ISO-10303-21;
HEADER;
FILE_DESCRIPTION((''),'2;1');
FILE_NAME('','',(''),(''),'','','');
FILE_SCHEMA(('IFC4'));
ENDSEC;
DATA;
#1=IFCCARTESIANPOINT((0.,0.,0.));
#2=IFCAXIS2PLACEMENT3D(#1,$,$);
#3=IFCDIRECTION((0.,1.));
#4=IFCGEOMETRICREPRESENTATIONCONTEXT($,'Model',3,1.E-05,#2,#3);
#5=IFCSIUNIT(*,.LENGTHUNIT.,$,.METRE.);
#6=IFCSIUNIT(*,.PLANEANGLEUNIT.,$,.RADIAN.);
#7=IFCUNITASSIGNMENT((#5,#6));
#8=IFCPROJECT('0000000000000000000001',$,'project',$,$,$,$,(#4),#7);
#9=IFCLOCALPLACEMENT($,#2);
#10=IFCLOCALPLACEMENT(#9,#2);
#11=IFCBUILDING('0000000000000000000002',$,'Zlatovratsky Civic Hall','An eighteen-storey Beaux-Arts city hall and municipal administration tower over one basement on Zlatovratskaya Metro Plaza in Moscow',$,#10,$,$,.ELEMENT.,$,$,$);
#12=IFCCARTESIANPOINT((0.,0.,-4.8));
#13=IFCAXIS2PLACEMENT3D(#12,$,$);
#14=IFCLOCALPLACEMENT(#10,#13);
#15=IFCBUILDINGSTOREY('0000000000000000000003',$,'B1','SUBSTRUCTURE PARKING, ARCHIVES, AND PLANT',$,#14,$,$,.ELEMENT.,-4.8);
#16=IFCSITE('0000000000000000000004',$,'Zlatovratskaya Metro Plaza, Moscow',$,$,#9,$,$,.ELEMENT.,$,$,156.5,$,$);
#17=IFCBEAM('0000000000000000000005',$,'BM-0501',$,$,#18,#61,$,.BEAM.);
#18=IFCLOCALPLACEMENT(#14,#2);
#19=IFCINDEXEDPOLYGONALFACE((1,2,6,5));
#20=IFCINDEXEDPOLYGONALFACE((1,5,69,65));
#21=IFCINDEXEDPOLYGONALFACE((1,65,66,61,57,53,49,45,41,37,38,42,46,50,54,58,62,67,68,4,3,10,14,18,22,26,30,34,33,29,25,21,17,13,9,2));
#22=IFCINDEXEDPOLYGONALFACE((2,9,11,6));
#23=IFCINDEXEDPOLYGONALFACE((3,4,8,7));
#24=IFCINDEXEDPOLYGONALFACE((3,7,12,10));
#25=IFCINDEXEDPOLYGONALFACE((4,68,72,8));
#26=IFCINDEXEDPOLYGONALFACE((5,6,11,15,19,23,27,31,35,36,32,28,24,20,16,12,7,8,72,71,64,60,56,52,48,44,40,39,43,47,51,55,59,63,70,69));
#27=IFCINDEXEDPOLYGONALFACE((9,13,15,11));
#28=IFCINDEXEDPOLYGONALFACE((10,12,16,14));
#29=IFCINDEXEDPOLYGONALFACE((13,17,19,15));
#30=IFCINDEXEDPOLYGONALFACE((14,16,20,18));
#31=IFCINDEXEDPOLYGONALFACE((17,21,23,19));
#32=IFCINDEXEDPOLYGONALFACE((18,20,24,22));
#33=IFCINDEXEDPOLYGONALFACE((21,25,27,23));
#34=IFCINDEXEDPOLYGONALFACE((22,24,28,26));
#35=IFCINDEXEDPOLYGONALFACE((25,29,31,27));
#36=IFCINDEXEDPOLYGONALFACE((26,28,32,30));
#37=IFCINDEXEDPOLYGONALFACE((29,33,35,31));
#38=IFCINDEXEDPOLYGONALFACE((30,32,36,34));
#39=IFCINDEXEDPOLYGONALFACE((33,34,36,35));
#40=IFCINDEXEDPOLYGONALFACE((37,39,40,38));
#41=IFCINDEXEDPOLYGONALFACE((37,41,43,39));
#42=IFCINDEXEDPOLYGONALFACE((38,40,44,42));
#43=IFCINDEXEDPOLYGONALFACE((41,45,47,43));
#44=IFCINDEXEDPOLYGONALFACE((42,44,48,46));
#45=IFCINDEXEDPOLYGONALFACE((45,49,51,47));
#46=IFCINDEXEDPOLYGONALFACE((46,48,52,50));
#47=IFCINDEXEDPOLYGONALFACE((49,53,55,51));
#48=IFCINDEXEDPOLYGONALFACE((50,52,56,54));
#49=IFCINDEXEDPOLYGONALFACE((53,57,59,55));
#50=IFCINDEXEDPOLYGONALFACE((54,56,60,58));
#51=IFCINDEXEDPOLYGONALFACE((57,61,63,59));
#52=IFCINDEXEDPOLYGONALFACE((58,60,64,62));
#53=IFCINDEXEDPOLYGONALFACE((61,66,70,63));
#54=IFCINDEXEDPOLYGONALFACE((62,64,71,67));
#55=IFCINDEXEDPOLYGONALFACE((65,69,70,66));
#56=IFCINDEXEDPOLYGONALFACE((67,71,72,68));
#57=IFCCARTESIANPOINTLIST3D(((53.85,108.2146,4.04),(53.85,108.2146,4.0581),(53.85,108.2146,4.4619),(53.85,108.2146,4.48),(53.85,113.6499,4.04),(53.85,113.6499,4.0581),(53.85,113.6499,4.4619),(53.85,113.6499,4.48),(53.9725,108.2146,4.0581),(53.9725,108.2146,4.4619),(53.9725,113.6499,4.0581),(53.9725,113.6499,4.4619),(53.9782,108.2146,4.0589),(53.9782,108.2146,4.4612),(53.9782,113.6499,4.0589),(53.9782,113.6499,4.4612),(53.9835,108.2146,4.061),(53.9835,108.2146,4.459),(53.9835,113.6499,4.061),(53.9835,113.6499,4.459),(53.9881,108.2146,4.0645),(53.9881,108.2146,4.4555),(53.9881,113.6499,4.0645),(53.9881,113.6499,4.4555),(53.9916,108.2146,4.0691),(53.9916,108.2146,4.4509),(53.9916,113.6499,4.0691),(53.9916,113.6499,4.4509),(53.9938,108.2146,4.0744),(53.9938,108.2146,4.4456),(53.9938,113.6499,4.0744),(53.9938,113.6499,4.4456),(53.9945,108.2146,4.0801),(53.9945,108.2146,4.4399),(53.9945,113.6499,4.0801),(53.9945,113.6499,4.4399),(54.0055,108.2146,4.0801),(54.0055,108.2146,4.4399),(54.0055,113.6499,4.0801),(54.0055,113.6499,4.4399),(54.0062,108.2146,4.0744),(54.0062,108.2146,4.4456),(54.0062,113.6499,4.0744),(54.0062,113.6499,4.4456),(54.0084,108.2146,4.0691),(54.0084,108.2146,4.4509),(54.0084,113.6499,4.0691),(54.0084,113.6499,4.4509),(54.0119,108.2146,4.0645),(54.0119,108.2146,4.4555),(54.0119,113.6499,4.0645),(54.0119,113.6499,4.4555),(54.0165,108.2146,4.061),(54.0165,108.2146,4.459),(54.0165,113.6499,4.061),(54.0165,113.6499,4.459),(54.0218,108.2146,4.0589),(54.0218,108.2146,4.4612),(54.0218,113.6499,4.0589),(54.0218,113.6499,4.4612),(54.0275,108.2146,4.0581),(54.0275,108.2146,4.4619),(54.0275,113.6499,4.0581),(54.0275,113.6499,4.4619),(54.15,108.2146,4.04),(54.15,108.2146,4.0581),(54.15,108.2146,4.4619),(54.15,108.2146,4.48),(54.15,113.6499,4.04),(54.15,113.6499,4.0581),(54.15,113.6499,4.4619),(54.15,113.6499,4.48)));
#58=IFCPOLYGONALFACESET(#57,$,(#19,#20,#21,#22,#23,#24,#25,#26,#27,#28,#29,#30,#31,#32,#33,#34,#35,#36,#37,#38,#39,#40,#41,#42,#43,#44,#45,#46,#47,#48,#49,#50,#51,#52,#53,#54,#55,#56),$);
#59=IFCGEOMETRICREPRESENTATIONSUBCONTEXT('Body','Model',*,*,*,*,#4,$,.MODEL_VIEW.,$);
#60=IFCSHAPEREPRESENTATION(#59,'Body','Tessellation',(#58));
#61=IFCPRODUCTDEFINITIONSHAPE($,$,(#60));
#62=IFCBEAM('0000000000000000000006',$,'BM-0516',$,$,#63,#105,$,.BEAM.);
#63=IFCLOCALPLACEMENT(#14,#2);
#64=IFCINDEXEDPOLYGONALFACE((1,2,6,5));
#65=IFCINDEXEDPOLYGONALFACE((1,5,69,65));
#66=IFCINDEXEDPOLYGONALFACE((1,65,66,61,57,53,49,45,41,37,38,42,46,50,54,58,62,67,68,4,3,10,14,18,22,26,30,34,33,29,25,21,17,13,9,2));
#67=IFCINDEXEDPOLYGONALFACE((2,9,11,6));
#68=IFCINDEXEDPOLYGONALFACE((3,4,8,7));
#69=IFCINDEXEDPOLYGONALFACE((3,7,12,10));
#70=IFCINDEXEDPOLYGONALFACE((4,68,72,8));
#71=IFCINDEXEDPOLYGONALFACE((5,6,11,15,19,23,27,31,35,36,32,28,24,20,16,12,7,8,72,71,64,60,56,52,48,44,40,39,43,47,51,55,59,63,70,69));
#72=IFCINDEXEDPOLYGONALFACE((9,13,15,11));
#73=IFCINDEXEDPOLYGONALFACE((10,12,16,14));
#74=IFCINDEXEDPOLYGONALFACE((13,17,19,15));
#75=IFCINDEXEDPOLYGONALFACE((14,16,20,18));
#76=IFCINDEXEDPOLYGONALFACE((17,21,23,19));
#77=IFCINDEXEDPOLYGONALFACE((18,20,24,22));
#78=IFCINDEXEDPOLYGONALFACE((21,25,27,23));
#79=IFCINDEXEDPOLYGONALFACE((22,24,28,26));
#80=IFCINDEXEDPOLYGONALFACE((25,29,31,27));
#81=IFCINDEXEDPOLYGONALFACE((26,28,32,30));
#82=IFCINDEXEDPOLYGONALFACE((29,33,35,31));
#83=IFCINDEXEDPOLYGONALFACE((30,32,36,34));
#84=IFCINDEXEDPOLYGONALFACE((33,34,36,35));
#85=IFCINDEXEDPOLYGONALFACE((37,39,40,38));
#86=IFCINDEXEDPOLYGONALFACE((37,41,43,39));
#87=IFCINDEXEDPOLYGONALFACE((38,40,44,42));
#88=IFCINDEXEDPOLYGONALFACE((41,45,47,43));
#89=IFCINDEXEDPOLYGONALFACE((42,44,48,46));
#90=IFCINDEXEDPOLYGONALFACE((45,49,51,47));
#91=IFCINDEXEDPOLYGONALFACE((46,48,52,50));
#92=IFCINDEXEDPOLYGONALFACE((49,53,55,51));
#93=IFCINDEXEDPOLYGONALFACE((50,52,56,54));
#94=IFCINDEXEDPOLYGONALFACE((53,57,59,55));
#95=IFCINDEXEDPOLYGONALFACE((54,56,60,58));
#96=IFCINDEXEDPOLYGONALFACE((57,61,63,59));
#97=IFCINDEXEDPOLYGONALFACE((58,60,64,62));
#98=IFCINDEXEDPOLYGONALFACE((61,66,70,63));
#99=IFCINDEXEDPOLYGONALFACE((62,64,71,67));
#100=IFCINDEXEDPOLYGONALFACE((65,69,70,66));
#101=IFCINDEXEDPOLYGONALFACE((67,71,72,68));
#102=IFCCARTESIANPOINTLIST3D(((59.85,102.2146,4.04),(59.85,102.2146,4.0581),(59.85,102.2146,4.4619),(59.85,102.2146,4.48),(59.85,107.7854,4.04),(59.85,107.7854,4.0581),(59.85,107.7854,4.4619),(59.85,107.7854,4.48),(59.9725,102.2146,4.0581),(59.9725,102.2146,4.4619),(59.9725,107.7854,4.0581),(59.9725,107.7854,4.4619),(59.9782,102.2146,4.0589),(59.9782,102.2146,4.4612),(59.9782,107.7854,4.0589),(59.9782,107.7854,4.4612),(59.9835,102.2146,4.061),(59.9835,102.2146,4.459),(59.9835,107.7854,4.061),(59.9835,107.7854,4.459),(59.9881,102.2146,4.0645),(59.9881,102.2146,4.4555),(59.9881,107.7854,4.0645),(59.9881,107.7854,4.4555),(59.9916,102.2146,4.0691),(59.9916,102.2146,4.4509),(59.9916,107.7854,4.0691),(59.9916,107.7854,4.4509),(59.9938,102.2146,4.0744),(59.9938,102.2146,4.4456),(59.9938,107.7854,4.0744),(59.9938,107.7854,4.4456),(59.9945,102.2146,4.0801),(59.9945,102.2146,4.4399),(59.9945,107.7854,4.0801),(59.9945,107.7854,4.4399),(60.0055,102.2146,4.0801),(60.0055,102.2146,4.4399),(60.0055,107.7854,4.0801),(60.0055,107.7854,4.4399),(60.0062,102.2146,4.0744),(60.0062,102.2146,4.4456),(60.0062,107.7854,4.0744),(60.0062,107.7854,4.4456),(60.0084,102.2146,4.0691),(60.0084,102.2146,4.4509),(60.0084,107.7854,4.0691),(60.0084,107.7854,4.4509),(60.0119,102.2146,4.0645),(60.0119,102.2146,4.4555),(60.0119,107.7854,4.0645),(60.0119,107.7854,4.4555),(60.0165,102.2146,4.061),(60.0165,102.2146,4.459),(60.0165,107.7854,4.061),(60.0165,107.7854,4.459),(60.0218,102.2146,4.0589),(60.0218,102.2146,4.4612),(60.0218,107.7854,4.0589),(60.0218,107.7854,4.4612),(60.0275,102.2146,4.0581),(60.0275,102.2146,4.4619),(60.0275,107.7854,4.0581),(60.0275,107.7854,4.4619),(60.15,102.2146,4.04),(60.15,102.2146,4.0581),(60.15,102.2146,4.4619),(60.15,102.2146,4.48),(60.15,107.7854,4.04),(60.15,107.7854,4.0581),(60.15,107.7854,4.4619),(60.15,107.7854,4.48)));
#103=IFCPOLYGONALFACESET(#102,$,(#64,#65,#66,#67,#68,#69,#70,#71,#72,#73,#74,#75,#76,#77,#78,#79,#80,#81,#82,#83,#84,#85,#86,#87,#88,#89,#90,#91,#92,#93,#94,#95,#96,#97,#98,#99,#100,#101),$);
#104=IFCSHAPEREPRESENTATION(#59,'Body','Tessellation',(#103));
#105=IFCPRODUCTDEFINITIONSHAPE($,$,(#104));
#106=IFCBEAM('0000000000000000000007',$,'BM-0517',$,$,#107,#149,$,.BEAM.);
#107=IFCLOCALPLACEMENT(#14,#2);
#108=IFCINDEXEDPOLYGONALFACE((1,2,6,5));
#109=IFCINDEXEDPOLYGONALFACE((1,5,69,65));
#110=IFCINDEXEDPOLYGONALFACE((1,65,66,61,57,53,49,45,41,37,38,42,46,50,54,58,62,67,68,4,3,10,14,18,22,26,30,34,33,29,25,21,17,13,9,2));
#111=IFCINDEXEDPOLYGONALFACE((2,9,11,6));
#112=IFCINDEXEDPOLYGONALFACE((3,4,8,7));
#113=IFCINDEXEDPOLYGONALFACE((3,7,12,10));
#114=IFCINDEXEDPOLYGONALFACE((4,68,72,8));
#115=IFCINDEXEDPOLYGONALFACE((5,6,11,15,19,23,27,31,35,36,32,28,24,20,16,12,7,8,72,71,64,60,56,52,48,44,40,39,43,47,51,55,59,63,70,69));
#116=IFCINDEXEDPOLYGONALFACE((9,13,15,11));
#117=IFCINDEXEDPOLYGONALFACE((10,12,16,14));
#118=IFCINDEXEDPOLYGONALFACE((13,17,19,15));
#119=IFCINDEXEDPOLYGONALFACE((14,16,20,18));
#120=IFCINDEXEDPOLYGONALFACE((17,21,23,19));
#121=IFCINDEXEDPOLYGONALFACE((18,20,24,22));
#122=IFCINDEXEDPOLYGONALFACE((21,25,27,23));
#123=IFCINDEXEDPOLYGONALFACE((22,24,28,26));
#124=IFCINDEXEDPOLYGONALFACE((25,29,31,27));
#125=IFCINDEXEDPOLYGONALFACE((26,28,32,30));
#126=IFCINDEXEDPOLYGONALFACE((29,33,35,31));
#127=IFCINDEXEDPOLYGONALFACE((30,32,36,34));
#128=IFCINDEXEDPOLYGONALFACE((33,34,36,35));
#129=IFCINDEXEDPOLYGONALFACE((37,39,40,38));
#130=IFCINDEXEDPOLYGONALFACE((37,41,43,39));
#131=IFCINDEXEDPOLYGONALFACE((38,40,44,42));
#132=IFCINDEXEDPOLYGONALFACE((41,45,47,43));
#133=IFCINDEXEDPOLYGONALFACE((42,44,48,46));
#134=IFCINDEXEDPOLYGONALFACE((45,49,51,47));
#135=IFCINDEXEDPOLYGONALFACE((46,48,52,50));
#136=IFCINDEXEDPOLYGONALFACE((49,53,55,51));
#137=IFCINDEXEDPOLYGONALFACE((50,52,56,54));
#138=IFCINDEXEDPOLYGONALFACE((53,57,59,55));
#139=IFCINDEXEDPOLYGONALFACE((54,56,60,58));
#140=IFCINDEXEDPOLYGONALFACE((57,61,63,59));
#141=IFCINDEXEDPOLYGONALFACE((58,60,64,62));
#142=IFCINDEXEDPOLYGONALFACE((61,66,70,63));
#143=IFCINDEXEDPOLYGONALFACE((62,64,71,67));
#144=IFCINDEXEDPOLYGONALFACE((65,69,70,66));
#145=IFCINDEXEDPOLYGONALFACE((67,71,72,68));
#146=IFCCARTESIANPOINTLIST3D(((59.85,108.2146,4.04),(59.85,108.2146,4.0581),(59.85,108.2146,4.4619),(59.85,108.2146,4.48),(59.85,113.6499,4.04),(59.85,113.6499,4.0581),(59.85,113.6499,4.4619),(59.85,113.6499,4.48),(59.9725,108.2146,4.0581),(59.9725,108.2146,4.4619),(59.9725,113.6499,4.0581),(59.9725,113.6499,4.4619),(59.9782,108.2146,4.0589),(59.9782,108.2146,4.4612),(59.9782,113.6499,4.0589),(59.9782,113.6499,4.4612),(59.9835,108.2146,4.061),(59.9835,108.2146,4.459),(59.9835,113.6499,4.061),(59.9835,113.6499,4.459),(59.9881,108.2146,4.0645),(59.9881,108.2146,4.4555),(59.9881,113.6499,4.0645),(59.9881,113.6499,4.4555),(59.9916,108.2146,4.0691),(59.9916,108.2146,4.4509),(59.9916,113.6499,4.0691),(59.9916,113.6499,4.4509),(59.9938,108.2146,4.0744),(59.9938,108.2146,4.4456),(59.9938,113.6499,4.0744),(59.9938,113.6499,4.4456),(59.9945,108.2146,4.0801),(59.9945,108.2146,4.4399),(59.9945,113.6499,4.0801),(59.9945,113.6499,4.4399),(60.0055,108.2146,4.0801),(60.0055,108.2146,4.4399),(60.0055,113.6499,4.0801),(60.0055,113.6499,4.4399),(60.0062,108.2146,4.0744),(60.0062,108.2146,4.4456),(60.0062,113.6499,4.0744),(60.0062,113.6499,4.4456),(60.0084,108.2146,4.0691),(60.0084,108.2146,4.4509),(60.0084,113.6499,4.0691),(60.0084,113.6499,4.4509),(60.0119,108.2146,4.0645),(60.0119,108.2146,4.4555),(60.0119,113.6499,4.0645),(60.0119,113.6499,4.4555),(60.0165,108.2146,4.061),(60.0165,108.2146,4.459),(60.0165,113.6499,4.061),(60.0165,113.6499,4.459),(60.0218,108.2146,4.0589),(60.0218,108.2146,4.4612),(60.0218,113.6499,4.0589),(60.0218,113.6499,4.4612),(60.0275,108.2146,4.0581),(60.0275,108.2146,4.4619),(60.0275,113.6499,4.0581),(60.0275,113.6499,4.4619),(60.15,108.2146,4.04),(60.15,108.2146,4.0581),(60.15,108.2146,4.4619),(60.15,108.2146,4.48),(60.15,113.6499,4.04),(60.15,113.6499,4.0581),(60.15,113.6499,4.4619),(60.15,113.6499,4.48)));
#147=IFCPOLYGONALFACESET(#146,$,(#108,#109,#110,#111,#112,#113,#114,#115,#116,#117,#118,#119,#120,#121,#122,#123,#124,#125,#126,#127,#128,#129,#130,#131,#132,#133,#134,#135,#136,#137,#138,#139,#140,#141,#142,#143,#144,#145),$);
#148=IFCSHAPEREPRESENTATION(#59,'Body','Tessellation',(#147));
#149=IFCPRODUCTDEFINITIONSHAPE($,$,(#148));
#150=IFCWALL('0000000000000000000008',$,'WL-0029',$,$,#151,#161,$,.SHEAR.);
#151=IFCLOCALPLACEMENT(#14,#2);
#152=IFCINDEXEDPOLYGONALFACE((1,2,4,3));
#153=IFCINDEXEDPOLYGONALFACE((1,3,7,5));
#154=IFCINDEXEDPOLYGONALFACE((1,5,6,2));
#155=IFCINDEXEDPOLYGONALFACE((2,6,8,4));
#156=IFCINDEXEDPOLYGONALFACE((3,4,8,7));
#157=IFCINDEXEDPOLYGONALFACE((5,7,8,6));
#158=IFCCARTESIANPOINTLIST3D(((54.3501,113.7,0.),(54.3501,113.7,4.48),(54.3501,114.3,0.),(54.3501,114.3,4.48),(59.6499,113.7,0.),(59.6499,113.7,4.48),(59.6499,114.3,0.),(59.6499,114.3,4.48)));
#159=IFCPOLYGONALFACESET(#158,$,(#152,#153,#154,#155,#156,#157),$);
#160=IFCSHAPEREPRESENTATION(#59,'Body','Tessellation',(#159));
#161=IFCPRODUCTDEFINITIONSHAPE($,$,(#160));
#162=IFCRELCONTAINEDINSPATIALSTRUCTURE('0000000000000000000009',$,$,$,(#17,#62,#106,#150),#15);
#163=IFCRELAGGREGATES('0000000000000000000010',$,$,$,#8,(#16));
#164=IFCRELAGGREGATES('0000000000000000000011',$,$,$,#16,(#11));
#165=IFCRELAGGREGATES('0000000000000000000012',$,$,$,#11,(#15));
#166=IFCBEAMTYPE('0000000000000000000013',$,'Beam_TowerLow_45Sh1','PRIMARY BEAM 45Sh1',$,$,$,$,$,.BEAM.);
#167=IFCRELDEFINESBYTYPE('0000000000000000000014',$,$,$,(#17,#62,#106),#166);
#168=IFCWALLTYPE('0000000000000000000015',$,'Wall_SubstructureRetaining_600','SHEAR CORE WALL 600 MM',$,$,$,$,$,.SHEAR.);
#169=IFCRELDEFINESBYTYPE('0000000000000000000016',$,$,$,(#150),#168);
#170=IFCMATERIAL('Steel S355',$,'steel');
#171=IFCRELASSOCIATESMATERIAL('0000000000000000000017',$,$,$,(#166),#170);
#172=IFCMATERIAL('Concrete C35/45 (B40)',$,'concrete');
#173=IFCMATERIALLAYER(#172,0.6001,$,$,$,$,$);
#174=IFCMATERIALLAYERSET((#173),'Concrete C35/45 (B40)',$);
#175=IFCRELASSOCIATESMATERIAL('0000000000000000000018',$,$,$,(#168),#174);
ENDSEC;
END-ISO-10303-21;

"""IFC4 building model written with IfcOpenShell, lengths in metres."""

from ifc_helpers import new_model, si_unit, direction, frame, frame_2d, origin, origin_2d, place, context, subcontext, project, spatial, rectangle, i_section, extrude, material, layer, layer_set, material_profile, profile_set, type_object, element, save


model = new_model("IFC4")

# Units and contexts
model_context = context("Model", 3, precision=1e-05, world=origin(), true_north=direction((0.0, 1.0)))
body_context = subcontext(model_context, "Body", "Model", "MODEL_VIEW")
ifc_project = project(units=[si_unit("LENGTHUNIT", "METRE"), si_unit("PLANEANGLEUNIT", "RADIAN")], contexts=[model_context])

# Site, building, storey
site_placement = place(None, origin())
site = spatial("IfcSite", under=ifc_project, at=site_placement, Name="Zlatovratskaya Metro Plaza, Moscow", CompositionType="ELEMENT", RefElevation=156.5)
building_placement = place(site_placement, origin())
building = spatial("IfcBuilding", under=site, at=building_placement, Name="Zlatovratsky Civic Hall", Description="An eighteen-storey Beaux-Arts city hall and municipal administration tower over one basement on Zlatovratskaya Metro Plaza in Moscow", CompositionType="ELEMENT")
storey_placement = place(building_placement, frame((0.0, 0.0, -4.8)))
storey = spatial("IfcBuildingStorey", under=building, at=storey_placement, Name="B1", Description="SUBSTRUCTURE PARKING, ARCHIVES, AND PLANT", CompositionType="ELEMENT", Elevation=-4.8)

# Shared definitions
ifc_material_1 = material(Name="Concrete C35/45 (B40)", Category="concrete")
ifc_material_2 = material(Name="Steel S355", Category="steel")

# Beams
ifc_material_profile_1 = material_profile(ifc_material_2, i_section(OverallWidth=0.3, OverallDepth=0.4399, WebThickness=0.011, FlangeThickness=0.0181, FilletRadius=0.022, at=origin_2d()), Name="45Sh1")
ifc_profile_set_1 = profile_set([ifc_material_profile_1], Name="Steel S355")
beam_type_1 = type_object("IfcBeamType", Name="Beam_TowerLow_45Sh1", Description="PRIMARY BEAM 45Sh1", PredefinedType="BEAM", material=ifc_profile_set_1)
beam_1_placement = place(storey_placement, frame((54.0, 108.2146, 4.26), z_axis=(0.0, 1.0, 0.0), x_axis=(-1.0, 0.0, 0.0)))
element("IfcBeam", 1, at=beam_1_placement, inside=storey, type_object=beam_type_1, Name="BM-0501", PredefinedType="BEAM", context=body_context, shape_type="SweptSolid", body=[
    extrude(i_section(OverallWidth=0.3, OverallDepth=0.4399, WebThickness=0.011, FlangeThickness=0.0181, FilletRadius=0.022, at=origin_2d()), origin(), (0.0, 0.0, 1.0), 5.4353),
])
beam_2_placement = place(storey_placement, frame((60.0, 102.2146, 4.26), z_axis=(0.0, 1.0, 0.0), x_axis=(-1.0, 0.0, 0.0)))
element("IfcBeam", 2, at=beam_2_placement, inside=storey, type_object=beam_type_1, Name="BM-0516", PredefinedType="BEAM", context=body_context, shape_type="SweptSolid", body=[
    extrude(i_section(OverallWidth=0.3, OverallDepth=0.4399, WebThickness=0.011, FlangeThickness=0.0181, FilletRadius=0.022, at=origin_2d()), origin(), (0.0, 0.0, 1.0), 5.5708),
])
beam_3_placement = place(storey_placement, frame((60.0, 108.2146, 4.26), z_axis=(0.0, 1.0, 0.0), x_axis=(-1.0, 0.0, 0.0)))
element("IfcBeam", 3, at=beam_3_placement, inside=storey, type_object=beam_type_1, Name="BM-0517", PredefinedType="BEAM", context=body_context, shape_type="SweptSolid", body=[
    extrude(i_section(OverallWidth=0.3, OverallDepth=0.4399, WebThickness=0.011, FlangeThickness=0.0181, FilletRadius=0.022, at=origin_2d()), origin(), (0.0, 0.0, 1.0), 5.4353),
])

# Wall
ifc_layer = layer(ifc_material_1, 0.6001)
ifc_layer_set = layer_set([ifc_layer], Name="Concrete C35/45 (B40)")
wall_type = type_object("IfcWallType", Name="Wall_SubstructureRetaining_600", Description="SHEAR CORE WALL 600 MM", PredefinedType="SHEAR", material=ifc_layer_set)
wall_placement = place(storey_placement, frame((54.3501, 114.0, 0.0), z_axis=(0.0, 0.0, 1.0), x_axis=(1.0, 0.0, 0.0)))
element("IfcWall", 4, at=wall_placement, inside=storey, type_object=wall_type, Name="WL-0029", PredefinedType="SHEAR", context=body_context, shape_type="SweptSolid", body=[
    extrude(rectangle(XDim=5.2998, YDim=0.6001, at=frame_2d((2.6499, 0.0))), origin(), (0.0, 0.0, 1.0), 4.48),
])

save(model, "model.ifc")
